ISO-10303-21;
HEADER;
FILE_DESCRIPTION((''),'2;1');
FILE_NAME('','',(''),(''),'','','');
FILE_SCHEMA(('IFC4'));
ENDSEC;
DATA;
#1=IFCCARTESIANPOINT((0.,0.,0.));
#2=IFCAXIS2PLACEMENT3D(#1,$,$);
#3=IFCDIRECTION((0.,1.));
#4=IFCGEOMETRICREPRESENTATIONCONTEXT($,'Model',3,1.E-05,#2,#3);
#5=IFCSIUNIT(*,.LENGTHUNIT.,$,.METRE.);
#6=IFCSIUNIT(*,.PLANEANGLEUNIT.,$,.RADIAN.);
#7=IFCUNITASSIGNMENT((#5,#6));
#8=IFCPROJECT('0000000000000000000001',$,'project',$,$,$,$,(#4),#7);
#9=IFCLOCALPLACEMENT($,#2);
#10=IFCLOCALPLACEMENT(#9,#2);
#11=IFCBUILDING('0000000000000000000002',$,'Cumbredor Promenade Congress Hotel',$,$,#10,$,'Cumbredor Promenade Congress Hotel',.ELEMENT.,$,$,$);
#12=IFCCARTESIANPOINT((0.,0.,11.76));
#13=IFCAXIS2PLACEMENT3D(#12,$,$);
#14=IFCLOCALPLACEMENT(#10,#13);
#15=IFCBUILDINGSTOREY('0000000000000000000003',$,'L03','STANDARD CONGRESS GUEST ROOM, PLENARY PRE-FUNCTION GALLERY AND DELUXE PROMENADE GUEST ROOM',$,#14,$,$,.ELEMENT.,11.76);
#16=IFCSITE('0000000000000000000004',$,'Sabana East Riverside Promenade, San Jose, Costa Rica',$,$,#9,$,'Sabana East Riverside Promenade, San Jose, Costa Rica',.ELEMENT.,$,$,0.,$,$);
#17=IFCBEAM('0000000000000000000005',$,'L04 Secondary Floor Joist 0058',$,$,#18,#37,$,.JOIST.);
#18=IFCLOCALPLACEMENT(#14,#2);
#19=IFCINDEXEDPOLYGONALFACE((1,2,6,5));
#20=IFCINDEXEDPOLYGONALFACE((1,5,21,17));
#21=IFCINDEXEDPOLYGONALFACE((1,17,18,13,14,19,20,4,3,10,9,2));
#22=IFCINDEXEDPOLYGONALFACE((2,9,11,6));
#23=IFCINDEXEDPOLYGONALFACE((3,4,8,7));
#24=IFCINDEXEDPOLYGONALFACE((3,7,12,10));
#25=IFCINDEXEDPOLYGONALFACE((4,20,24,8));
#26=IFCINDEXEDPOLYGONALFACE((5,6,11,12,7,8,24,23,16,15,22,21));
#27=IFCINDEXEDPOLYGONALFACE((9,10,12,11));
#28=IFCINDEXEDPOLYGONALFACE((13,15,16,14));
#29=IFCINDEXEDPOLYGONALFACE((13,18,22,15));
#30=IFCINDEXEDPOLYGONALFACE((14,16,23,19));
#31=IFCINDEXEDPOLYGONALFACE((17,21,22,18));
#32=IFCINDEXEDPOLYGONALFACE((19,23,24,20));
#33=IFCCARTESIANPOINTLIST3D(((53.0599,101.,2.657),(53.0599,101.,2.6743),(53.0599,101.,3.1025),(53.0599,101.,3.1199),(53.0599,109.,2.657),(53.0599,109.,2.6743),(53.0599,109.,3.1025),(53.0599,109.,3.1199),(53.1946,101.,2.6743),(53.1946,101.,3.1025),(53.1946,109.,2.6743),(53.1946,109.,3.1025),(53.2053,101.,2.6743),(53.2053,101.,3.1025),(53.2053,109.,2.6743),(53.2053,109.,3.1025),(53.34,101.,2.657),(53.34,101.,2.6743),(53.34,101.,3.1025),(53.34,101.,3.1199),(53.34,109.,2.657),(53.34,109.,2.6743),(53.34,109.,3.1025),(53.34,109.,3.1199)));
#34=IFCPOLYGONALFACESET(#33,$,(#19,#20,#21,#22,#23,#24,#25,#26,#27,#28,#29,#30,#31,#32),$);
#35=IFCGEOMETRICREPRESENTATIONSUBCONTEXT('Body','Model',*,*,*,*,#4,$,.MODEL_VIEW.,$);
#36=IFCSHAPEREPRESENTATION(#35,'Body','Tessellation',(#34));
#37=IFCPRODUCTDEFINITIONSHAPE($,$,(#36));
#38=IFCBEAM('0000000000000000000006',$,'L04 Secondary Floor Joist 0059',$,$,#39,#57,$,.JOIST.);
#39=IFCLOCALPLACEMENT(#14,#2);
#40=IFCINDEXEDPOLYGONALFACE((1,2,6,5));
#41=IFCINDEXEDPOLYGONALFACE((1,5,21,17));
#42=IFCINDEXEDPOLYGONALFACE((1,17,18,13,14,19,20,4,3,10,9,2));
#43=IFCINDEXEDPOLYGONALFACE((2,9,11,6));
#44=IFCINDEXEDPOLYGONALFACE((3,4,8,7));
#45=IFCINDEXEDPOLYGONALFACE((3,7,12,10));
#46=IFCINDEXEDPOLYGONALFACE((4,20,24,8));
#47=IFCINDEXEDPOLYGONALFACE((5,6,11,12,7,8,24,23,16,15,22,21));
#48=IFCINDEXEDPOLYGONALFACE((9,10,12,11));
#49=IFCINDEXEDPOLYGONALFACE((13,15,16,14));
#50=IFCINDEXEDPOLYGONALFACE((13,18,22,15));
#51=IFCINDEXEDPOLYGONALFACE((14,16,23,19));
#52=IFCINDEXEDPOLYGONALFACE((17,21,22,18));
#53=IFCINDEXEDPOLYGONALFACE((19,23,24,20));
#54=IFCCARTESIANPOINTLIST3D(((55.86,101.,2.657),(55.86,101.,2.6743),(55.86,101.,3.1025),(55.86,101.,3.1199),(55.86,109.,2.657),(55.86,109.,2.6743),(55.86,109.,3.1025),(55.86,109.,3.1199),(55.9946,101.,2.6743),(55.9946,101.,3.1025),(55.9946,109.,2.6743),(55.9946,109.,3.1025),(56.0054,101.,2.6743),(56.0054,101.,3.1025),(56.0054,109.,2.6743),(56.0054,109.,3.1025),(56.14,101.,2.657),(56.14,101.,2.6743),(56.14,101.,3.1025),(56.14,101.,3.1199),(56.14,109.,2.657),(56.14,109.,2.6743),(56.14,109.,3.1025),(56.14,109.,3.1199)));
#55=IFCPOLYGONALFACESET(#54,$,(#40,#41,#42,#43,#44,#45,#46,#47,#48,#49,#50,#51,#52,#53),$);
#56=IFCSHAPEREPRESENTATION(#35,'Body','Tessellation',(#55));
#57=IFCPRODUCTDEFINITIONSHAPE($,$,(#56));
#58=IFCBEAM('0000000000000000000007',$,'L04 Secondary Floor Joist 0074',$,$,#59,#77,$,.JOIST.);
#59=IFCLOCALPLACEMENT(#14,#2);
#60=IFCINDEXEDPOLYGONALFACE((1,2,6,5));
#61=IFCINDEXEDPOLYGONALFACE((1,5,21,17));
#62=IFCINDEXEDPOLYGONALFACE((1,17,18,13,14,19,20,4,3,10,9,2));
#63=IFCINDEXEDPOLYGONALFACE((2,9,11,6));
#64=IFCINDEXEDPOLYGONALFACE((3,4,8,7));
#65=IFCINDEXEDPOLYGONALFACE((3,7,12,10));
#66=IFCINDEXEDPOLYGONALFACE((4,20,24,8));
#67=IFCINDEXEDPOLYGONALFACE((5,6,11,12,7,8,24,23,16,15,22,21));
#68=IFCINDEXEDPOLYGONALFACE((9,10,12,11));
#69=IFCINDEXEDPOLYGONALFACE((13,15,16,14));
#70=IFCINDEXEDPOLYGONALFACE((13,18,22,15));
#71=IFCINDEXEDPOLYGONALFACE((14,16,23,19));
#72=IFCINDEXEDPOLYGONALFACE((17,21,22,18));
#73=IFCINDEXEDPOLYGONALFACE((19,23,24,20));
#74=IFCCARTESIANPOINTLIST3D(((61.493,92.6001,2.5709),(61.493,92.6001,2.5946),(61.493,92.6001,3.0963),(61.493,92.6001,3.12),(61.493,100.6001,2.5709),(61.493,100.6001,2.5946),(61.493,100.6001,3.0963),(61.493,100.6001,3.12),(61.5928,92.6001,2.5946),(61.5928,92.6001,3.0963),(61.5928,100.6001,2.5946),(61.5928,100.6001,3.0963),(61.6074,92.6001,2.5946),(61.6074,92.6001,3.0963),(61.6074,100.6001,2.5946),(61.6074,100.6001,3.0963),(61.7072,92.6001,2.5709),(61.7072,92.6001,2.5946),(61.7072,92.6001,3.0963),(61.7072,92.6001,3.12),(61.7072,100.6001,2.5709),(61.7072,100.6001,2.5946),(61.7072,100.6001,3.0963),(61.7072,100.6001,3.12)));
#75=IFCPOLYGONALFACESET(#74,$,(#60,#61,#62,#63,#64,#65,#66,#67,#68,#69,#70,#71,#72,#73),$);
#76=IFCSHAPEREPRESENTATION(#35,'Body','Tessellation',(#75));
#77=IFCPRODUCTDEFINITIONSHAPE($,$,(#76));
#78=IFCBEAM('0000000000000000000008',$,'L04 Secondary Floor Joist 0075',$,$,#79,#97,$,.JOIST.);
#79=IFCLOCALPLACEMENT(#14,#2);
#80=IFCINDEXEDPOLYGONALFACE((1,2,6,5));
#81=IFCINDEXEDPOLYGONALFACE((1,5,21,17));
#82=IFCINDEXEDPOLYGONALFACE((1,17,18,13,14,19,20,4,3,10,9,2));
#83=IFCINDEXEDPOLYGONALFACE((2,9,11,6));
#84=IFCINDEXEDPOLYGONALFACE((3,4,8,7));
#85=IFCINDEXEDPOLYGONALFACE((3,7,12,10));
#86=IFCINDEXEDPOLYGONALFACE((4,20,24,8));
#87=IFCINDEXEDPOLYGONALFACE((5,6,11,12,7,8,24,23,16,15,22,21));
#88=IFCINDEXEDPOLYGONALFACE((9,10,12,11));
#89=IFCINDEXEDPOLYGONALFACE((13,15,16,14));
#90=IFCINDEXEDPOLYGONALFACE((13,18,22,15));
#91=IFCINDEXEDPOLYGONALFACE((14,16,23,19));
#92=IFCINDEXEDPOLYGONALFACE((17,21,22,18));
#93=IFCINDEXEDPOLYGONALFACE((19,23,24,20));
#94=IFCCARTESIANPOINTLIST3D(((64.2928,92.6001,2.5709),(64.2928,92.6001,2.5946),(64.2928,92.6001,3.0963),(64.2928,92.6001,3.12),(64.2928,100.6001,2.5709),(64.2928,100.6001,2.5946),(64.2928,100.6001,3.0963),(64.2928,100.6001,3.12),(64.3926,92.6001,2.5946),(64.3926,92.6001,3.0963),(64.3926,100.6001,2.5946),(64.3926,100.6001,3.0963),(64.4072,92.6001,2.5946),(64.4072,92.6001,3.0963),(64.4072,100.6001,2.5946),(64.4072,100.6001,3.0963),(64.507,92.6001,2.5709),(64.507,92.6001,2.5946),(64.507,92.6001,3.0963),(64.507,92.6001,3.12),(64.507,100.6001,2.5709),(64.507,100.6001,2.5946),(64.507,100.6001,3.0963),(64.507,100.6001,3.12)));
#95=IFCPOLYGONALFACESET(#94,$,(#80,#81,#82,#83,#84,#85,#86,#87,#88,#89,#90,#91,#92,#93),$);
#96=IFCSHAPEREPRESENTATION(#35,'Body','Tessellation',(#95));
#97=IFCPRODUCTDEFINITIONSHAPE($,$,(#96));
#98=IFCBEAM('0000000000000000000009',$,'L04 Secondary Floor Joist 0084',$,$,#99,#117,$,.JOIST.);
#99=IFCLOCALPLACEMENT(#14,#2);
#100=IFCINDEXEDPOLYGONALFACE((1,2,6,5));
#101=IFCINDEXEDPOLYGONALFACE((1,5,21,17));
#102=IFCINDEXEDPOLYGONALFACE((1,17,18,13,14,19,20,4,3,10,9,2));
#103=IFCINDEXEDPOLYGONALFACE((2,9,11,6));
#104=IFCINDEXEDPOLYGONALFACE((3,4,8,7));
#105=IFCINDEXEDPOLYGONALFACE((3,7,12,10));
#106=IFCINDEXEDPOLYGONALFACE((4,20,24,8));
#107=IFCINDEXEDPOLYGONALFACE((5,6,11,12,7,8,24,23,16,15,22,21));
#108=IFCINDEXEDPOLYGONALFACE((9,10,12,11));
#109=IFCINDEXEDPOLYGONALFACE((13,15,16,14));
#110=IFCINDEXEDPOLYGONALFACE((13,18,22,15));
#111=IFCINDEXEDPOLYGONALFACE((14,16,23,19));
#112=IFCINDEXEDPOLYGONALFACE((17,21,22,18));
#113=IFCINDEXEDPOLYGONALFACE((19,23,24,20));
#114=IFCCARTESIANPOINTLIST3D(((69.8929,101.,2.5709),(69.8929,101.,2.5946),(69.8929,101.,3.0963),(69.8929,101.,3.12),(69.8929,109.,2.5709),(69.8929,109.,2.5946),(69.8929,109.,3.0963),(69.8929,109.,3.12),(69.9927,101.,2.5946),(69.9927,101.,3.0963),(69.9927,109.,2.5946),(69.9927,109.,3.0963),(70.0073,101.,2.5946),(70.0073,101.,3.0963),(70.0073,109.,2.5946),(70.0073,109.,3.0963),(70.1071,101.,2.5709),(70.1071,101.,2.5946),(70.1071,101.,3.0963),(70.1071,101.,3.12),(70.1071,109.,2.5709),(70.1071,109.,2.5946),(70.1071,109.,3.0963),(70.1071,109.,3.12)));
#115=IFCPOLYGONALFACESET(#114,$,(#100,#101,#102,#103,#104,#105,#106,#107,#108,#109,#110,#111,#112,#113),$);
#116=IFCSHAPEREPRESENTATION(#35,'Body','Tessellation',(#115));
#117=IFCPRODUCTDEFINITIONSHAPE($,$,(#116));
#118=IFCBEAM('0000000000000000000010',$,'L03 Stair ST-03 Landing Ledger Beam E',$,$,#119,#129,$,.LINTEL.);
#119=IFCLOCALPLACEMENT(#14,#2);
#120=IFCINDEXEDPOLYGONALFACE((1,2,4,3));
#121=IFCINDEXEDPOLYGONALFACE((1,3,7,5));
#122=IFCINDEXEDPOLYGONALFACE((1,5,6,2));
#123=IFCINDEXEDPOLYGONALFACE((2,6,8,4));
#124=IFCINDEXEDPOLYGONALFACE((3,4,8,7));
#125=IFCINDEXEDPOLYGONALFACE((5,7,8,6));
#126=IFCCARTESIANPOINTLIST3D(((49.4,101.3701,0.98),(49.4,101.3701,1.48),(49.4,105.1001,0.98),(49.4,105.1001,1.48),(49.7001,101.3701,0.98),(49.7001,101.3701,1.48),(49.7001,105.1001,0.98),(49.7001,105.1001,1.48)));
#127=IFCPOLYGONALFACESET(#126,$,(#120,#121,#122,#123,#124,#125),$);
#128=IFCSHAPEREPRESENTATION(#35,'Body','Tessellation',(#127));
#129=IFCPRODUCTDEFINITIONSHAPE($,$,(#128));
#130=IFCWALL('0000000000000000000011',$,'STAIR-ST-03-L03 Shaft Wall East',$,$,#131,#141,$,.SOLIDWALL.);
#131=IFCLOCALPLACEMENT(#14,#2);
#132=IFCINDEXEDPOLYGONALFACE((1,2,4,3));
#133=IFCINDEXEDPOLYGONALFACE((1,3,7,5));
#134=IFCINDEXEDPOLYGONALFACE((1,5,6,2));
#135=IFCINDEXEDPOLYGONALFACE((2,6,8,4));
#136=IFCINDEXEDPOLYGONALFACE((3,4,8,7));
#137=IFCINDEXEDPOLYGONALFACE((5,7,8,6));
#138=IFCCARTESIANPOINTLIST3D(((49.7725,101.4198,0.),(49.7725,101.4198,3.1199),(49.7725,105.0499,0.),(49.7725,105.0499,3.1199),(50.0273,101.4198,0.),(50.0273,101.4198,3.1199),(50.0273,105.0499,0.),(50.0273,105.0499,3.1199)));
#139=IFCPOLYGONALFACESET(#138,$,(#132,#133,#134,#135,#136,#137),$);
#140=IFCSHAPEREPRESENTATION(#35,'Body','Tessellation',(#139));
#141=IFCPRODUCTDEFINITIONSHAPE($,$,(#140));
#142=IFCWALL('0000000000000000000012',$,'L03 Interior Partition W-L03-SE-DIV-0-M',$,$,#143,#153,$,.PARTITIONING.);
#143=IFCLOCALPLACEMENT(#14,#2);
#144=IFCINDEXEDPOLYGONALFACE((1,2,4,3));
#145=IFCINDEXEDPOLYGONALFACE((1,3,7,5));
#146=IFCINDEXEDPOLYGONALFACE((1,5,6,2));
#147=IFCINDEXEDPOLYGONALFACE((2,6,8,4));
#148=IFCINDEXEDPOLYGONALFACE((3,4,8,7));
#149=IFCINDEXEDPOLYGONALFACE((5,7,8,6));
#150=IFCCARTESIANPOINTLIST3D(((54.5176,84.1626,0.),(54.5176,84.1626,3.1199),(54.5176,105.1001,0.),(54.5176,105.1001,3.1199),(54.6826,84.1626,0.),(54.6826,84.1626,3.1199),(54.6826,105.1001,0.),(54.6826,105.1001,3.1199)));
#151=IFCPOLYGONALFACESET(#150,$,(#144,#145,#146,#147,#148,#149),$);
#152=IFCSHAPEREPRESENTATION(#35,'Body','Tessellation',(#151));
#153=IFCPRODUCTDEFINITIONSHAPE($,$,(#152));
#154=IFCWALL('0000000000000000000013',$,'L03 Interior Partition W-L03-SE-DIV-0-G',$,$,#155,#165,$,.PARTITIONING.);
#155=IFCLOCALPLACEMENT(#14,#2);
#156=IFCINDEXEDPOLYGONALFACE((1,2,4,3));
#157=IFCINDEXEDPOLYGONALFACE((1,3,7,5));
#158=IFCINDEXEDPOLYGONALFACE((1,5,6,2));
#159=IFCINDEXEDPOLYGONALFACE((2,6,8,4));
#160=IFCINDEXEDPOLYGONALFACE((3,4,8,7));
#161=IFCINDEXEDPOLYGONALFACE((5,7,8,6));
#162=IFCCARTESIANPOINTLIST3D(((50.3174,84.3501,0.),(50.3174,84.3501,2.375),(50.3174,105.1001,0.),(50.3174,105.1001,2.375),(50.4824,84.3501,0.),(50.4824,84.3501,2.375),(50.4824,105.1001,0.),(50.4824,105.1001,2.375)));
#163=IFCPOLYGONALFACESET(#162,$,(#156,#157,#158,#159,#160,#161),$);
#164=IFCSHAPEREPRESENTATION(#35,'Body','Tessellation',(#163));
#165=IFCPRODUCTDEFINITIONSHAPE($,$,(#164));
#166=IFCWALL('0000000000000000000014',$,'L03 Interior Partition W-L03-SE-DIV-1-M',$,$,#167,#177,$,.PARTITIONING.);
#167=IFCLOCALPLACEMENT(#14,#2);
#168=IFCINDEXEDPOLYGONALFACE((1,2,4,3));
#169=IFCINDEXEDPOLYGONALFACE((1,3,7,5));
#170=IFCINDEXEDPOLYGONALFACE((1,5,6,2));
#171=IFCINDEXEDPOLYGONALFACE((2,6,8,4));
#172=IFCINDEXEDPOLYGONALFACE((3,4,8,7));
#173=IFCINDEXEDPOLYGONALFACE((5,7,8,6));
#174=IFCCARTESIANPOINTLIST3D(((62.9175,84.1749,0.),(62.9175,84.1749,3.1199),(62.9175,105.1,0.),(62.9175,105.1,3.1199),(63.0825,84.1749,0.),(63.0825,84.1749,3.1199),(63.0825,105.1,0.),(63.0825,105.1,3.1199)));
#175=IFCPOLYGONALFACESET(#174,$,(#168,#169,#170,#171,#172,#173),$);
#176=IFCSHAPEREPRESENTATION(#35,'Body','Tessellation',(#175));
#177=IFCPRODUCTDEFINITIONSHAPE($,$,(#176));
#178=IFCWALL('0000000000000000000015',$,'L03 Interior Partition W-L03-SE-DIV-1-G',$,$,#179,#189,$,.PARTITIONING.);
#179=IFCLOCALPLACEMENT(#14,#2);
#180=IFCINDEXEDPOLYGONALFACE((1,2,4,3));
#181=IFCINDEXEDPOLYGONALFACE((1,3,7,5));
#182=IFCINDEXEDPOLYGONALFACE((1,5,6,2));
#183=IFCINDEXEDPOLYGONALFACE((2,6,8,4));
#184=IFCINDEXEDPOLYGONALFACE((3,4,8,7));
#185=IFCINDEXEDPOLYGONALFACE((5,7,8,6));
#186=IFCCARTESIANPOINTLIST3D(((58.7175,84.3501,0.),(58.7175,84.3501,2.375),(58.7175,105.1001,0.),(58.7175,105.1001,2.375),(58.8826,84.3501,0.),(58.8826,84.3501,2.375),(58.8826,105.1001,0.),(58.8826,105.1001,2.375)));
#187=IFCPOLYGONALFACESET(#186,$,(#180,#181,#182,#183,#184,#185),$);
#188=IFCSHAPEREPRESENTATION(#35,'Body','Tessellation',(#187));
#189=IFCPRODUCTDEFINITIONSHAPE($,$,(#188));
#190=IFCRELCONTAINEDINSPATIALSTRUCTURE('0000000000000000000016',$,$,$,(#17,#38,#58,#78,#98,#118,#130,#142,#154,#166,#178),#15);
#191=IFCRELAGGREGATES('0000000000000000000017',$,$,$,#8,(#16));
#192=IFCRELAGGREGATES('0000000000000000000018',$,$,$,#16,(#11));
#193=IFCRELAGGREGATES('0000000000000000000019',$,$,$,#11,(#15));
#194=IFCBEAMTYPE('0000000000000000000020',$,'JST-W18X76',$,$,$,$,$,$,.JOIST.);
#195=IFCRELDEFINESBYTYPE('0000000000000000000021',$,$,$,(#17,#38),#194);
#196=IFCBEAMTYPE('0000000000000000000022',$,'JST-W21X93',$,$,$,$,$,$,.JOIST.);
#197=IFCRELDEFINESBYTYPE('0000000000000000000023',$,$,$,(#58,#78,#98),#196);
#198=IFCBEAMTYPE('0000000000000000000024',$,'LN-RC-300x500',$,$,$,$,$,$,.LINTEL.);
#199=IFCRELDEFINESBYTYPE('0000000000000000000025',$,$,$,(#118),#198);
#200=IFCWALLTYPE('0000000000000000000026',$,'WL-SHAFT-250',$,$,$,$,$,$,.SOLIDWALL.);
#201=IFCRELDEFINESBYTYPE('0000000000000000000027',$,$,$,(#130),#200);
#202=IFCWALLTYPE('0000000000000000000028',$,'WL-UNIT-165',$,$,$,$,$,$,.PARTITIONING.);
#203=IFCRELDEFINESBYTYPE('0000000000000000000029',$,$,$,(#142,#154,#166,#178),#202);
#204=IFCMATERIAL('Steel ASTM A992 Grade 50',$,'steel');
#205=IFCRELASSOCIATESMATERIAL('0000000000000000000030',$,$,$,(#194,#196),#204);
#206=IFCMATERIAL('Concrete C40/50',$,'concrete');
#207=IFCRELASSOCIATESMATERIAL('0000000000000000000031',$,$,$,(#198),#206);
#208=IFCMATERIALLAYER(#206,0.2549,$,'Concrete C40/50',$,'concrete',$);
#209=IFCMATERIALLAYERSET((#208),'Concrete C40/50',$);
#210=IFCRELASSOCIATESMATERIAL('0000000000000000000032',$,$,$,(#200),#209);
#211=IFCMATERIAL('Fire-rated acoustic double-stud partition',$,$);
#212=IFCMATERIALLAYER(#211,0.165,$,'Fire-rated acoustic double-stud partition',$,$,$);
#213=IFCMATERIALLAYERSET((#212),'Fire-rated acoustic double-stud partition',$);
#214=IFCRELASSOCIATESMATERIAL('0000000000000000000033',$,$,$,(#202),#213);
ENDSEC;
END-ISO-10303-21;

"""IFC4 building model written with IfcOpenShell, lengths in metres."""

from ifc_helpers import new_model, si_unit, direction, frame, frame_2d, origin, origin_2d, place, context, subcontext, project, spatial, rectangle, i_section, extrude, material, layer, layer_set, material_profile, profile_set, type_object, element, save


model = new_model("IFC4")

# Units and contexts
model_context = context("Model", 3, precision=1e-05, world=origin(), true_north=direction((0.0, 1.0)))
body_context = subcontext(model_context, "Body", "Model", "MODEL_VIEW")
ifc_project = project(units=[si_unit("LENGTHUNIT", "METRE"), si_unit("PLANEANGLEUNIT", "RADIAN")], contexts=[model_context])

# Site, building, storey
site_placement = place(None, origin())
site = spatial("IfcSite", under=ifc_project, at=site_placement, Name="Sabana East Riverside Promenade, San Jose, Costa Rica", LongName="Sabana East Riverside Promenade, San Jose, Costa Rica", CompositionType="ELEMENT", RefElevation=0.0)
building_placement = place(site_placement, origin())
building = spatial("IfcBuilding", under=site, at=building_placement, Name="Cumbredor Promenade Congress Hotel", LongName="Cumbredor Promenade Congress Hotel", CompositionType="ELEMENT")
storey_placement = place(building_placement, frame((0.0, 0.0, 11.76)))
storey = spatial("IfcBuildingStorey", under=building, at=storey_placement, Name="L03", Description="STANDARD CONGRESS GUEST ROOM, PLENARY PRE-FUNCTION GALLERY AND DELUXE PROMENADE GUEST ROOM", CompositionType="ELEMENT", Elevation=11.76)

# Beams
ifc_material_1 = material(Name="Concrete C40/50", Category="concrete")
ifc_material_2 = material(Name="Steel ASTM A992 Grade 50", Category="steel")
ifc_material_profile_1 = material_profile(ifc_material_2, i_section(OverallWidth=0.28, OverallDepth=0.4629, WebThickness=0.0107, FlangeThickness=0.0173, at=origin_2d()), Name="W18X76")
ifc_profile_set_1 = profile_set([ifc_material_profile_1], Name="Steel ASTM A992 Grade 50")
beam_type_1 = type_object("IfcBeamType", Name="JST-W18X76", PredefinedType="JOIST", material=ifc_profile_set_1)
for number, where, z_axis, x_axis, name in (
    (1, (53.2, 101.0, 2.8884), (0.0, 1.0, 0.0), (-1.0, 0.0, 0.0), "L04 Secondary Floor Joist 0058"),
    (2, (56.0, 101.0, 2.8884), (0.0, 1.0, 0.0), (-1.0, 0.0, 0.0), "L04 Secondary Floor Joist 0059"),
):
    element("IfcBeam", number, at=place(storey_placement, frame(where, z_axis=z_axis, x_axis=x_axis)), inside=storey, type_object=beam_type_1, Name=name, PredefinedType="JOIST", context=body_context, shape_type="SweptSolid", body=[
        extrude(i_section(OverallWidth=0.28, OverallDepth=0.4629, WebThickness=0.0107, FlangeThickness=0.0173, at=origin_2d()), origin(), (0.0, 0.0, 1.0), 8.0),
    ])
ifc_material_profile_2 = material_profile(ifc_material_2, i_section(OverallWidth=0.2141, OverallDepth=0.5491, WebThickness=0.0146, FlangeThickness=0.0237, at=origin_2d()), Name="W21X93")
ifc_profile_set_2 = profile_set([ifc_material_profile_2], Name="Steel ASTM A992 Grade 50")
beam_type_2 = type_object("IfcBeamType", Name="JST-W21X93", PredefinedType="JOIST", material=ifc_profile_set_2)
for number, where, z_axis, x_axis, name in (
    (3, (61.6001, 92.6001, 2.8455), (0.0, 1.0, 0.0), (-1.0, 0.0, 0.0), "L04 Secondary Floor Joist 0074"),
    (4, (64.3999, 92.6001, 2.8455), (0.0, 1.0, 0.0), (-1.0, 0.0, 0.0), "L04 Secondary Floor Joist 0075"),
    (5, (70.0, 101.0, 2.8455), (0.0, 1.0, 0.0), (-1.0, 0.0, 0.0), "L04 Secondary Floor Joist 0084"),
):
    element("IfcBeam", number, at=place(storey_placement, frame(where, z_axis=z_axis, x_axis=x_axis)), inside=storey, type_object=beam_type_2, Name=name, PredefinedType="JOIST", context=body_context, shape_type="SweptSolid", body=[
        extrude(i_section(OverallWidth=0.2141, OverallDepth=0.5491, WebThickness=0.0146, FlangeThickness=0.0237, at=origin_2d()), origin(), (0.0, 0.0, 1.0), 8.0),
    ])
ifc_material_profile_3 = material_profile(ifc_material_1, rectangle(XDim=0.3, YDim=0.5, at=origin_2d()), Name="RC LINTEL 300x500")
ifc_profile_set_3 = profile_set([ifc_material_profile_3], Name="Concrete C40/50")
beam_type_3 = type_object("IfcBeamType", Name="LN-RC-300x500", PredefinedType="LINTEL", material=ifc_profile_set_3)
beam_1_placement = place(storey_placement, frame((49.55, 101.3701, 1.23), z_axis=(0.0, 1.0, 0.0), x_axis=(-1.0, 0.0, 0.0)))
element("IfcBeam", 6, at=beam_1_placement, inside=storey, type_object=beam_type_3, Name="L03 Stair ST-03 Landing Ledger Beam E", PredefinedType="LINTEL", context=body_context, shape_type="SweptSolid", body=[
    extrude(rectangle(XDim=0.3, YDim=0.5, at=origin_2d()), origin(), (0.0, 0.0, 1.0), 3.73),
])

# Walls
ifc_layer_1 = layer(ifc_material_1, 0.2549, Name="Concrete C40/50", Category="concrete")
ifc_layer_set_1 = layer_set([ifc_layer_1], Name="Concrete C40/50")
wall_type_1 = type_object("IfcWallType", Name="WL-SHAFT-250", PredefinedType="SOLIDWALL", material=ifc_layer_set_1)
wall_1_placement = place(storey_placement, frame((49.8999, 101.4199, 0.0), z_axis=(0.0, 0.0, 1.0), x_axis=(0.0, 1.0, 0.0)))
element("IfcWall", 7, at=wall_1_placement, inside=storey, type_object=wall_type_1, Name="STAIR-ST-03-L03 Shaft Wall East", PredefinedType="SOLIDWALL", context=body_context, shape_type="SweptSolid", body=[
    extrude(rectangle(XDim=3.6301, YDim=0.2549, at=frame_2d((1.8149, 0.0))), origin(), (0.0, 0.0, 1.0), 3.1199),
])
ifc_material_3 = material(Name="Fire-rated acoustic double-stud partition")
ifc_layer_2 = layer(ifc_material_3, 0.165, Name="Fire-rated acoustic double-stud partition")
ifc_layer_set_2 = layer_set([ifc_layer_2], Name="Fire-rated acoustic double-stud partition")
wall_type_2 = type_object("IfcWallType", Name="WL-UNIT-165", PredefinedType="PARTITIONING", material=ifc_layer_set_2)
wall_2_placement = place(storey_placement, frame((54.6001, 84.1626, 0.0), z_axis=(0.0, 0.0, 1.0), x_axis=(0.0, 1.0, 0.0)))
element("IfcWall", 8, at=wall_2_placement, inside=storey, type_object=wall_type_2, Name="L03 Interior Partition W-L03-SE-DIV-0-M", PredefinedType="PARTITIONING", context=body_context, shape_type="SweptSolid", body=[
    extrude(rectangle(XDim=20.9375, YDim=0.165, at=frame_2d((10.4688, 0.0))), origin(), (0.0, 0.0, 1.0), 3.1199),
])
wall_3_placement = place(storey_placement, frame((50.3999, 84.3501, 0.0), z_axis=(0.0, 0.0, 1.0), x_axis=(0.0, 1.0, 0.0)))
element("IfcWall", 9, at=wall_3_placement, inside=storey, type_object=wall_type_2, Name="L03 Interior Partition W-L03-SE-DIV-0-G", PredefinedType="PARTITIONING", context=body_context, shape_type="SweptSolid", body=[
    extrude(rectangle(XDim=20.75, YDim=0.165, at=frame_2d((10.375, 0.0))), origin(), (0.0, 0.0, 1.0), 2.375),
])
wall_4_placement = place(storey_placement, frame((63.0, 84.175, 0.0), z_axis=(0.0, 0.0, 1.0), x_axis=(0.0, 1.0, 0.0)))
element("IfcWall", 10, at=wall_4_placement, inside=storey, type_object=wall_type_2, Name="L03 Interior Partition W-L03-SE-DIV-1-M", PredefinedType="PARTITIONING", context=body_context, shape_type="SweptSolid", body=[
    extrude(rectangle(XDim=20.925, YDim=0.165, at=frame_2d((10.4624, 0.0))), origin(), (0.0, 0.0, 1.0), 3.1199),
])
for number, where, z_axis, x_axis, name in (
    (11, (58.8, 84.3501, 0.0), (0.0, 0.0, 1.0), (0.0, 1.0, 0.0), "L03 Interior Partition W-L03-SE-DIV-1-G"),
):
    element("IfcWall", number, at=place(storey_placement, frame(where, z_axis=z_axis, x_axis=x_axis)), inside=storey, type_object=wall_type_2, Name=name, PredefinedType="PARTITIONING", context=body_context, shape_type="SweptSolid", body=[
        extrude(rectangle(XDim=20.75, YDim=0.165, at=frame_2d((10.375, 0.0))), origin(), (0.0, 0.0, 1.0), 2.375),
    ])

save(model, "model.ifc")
